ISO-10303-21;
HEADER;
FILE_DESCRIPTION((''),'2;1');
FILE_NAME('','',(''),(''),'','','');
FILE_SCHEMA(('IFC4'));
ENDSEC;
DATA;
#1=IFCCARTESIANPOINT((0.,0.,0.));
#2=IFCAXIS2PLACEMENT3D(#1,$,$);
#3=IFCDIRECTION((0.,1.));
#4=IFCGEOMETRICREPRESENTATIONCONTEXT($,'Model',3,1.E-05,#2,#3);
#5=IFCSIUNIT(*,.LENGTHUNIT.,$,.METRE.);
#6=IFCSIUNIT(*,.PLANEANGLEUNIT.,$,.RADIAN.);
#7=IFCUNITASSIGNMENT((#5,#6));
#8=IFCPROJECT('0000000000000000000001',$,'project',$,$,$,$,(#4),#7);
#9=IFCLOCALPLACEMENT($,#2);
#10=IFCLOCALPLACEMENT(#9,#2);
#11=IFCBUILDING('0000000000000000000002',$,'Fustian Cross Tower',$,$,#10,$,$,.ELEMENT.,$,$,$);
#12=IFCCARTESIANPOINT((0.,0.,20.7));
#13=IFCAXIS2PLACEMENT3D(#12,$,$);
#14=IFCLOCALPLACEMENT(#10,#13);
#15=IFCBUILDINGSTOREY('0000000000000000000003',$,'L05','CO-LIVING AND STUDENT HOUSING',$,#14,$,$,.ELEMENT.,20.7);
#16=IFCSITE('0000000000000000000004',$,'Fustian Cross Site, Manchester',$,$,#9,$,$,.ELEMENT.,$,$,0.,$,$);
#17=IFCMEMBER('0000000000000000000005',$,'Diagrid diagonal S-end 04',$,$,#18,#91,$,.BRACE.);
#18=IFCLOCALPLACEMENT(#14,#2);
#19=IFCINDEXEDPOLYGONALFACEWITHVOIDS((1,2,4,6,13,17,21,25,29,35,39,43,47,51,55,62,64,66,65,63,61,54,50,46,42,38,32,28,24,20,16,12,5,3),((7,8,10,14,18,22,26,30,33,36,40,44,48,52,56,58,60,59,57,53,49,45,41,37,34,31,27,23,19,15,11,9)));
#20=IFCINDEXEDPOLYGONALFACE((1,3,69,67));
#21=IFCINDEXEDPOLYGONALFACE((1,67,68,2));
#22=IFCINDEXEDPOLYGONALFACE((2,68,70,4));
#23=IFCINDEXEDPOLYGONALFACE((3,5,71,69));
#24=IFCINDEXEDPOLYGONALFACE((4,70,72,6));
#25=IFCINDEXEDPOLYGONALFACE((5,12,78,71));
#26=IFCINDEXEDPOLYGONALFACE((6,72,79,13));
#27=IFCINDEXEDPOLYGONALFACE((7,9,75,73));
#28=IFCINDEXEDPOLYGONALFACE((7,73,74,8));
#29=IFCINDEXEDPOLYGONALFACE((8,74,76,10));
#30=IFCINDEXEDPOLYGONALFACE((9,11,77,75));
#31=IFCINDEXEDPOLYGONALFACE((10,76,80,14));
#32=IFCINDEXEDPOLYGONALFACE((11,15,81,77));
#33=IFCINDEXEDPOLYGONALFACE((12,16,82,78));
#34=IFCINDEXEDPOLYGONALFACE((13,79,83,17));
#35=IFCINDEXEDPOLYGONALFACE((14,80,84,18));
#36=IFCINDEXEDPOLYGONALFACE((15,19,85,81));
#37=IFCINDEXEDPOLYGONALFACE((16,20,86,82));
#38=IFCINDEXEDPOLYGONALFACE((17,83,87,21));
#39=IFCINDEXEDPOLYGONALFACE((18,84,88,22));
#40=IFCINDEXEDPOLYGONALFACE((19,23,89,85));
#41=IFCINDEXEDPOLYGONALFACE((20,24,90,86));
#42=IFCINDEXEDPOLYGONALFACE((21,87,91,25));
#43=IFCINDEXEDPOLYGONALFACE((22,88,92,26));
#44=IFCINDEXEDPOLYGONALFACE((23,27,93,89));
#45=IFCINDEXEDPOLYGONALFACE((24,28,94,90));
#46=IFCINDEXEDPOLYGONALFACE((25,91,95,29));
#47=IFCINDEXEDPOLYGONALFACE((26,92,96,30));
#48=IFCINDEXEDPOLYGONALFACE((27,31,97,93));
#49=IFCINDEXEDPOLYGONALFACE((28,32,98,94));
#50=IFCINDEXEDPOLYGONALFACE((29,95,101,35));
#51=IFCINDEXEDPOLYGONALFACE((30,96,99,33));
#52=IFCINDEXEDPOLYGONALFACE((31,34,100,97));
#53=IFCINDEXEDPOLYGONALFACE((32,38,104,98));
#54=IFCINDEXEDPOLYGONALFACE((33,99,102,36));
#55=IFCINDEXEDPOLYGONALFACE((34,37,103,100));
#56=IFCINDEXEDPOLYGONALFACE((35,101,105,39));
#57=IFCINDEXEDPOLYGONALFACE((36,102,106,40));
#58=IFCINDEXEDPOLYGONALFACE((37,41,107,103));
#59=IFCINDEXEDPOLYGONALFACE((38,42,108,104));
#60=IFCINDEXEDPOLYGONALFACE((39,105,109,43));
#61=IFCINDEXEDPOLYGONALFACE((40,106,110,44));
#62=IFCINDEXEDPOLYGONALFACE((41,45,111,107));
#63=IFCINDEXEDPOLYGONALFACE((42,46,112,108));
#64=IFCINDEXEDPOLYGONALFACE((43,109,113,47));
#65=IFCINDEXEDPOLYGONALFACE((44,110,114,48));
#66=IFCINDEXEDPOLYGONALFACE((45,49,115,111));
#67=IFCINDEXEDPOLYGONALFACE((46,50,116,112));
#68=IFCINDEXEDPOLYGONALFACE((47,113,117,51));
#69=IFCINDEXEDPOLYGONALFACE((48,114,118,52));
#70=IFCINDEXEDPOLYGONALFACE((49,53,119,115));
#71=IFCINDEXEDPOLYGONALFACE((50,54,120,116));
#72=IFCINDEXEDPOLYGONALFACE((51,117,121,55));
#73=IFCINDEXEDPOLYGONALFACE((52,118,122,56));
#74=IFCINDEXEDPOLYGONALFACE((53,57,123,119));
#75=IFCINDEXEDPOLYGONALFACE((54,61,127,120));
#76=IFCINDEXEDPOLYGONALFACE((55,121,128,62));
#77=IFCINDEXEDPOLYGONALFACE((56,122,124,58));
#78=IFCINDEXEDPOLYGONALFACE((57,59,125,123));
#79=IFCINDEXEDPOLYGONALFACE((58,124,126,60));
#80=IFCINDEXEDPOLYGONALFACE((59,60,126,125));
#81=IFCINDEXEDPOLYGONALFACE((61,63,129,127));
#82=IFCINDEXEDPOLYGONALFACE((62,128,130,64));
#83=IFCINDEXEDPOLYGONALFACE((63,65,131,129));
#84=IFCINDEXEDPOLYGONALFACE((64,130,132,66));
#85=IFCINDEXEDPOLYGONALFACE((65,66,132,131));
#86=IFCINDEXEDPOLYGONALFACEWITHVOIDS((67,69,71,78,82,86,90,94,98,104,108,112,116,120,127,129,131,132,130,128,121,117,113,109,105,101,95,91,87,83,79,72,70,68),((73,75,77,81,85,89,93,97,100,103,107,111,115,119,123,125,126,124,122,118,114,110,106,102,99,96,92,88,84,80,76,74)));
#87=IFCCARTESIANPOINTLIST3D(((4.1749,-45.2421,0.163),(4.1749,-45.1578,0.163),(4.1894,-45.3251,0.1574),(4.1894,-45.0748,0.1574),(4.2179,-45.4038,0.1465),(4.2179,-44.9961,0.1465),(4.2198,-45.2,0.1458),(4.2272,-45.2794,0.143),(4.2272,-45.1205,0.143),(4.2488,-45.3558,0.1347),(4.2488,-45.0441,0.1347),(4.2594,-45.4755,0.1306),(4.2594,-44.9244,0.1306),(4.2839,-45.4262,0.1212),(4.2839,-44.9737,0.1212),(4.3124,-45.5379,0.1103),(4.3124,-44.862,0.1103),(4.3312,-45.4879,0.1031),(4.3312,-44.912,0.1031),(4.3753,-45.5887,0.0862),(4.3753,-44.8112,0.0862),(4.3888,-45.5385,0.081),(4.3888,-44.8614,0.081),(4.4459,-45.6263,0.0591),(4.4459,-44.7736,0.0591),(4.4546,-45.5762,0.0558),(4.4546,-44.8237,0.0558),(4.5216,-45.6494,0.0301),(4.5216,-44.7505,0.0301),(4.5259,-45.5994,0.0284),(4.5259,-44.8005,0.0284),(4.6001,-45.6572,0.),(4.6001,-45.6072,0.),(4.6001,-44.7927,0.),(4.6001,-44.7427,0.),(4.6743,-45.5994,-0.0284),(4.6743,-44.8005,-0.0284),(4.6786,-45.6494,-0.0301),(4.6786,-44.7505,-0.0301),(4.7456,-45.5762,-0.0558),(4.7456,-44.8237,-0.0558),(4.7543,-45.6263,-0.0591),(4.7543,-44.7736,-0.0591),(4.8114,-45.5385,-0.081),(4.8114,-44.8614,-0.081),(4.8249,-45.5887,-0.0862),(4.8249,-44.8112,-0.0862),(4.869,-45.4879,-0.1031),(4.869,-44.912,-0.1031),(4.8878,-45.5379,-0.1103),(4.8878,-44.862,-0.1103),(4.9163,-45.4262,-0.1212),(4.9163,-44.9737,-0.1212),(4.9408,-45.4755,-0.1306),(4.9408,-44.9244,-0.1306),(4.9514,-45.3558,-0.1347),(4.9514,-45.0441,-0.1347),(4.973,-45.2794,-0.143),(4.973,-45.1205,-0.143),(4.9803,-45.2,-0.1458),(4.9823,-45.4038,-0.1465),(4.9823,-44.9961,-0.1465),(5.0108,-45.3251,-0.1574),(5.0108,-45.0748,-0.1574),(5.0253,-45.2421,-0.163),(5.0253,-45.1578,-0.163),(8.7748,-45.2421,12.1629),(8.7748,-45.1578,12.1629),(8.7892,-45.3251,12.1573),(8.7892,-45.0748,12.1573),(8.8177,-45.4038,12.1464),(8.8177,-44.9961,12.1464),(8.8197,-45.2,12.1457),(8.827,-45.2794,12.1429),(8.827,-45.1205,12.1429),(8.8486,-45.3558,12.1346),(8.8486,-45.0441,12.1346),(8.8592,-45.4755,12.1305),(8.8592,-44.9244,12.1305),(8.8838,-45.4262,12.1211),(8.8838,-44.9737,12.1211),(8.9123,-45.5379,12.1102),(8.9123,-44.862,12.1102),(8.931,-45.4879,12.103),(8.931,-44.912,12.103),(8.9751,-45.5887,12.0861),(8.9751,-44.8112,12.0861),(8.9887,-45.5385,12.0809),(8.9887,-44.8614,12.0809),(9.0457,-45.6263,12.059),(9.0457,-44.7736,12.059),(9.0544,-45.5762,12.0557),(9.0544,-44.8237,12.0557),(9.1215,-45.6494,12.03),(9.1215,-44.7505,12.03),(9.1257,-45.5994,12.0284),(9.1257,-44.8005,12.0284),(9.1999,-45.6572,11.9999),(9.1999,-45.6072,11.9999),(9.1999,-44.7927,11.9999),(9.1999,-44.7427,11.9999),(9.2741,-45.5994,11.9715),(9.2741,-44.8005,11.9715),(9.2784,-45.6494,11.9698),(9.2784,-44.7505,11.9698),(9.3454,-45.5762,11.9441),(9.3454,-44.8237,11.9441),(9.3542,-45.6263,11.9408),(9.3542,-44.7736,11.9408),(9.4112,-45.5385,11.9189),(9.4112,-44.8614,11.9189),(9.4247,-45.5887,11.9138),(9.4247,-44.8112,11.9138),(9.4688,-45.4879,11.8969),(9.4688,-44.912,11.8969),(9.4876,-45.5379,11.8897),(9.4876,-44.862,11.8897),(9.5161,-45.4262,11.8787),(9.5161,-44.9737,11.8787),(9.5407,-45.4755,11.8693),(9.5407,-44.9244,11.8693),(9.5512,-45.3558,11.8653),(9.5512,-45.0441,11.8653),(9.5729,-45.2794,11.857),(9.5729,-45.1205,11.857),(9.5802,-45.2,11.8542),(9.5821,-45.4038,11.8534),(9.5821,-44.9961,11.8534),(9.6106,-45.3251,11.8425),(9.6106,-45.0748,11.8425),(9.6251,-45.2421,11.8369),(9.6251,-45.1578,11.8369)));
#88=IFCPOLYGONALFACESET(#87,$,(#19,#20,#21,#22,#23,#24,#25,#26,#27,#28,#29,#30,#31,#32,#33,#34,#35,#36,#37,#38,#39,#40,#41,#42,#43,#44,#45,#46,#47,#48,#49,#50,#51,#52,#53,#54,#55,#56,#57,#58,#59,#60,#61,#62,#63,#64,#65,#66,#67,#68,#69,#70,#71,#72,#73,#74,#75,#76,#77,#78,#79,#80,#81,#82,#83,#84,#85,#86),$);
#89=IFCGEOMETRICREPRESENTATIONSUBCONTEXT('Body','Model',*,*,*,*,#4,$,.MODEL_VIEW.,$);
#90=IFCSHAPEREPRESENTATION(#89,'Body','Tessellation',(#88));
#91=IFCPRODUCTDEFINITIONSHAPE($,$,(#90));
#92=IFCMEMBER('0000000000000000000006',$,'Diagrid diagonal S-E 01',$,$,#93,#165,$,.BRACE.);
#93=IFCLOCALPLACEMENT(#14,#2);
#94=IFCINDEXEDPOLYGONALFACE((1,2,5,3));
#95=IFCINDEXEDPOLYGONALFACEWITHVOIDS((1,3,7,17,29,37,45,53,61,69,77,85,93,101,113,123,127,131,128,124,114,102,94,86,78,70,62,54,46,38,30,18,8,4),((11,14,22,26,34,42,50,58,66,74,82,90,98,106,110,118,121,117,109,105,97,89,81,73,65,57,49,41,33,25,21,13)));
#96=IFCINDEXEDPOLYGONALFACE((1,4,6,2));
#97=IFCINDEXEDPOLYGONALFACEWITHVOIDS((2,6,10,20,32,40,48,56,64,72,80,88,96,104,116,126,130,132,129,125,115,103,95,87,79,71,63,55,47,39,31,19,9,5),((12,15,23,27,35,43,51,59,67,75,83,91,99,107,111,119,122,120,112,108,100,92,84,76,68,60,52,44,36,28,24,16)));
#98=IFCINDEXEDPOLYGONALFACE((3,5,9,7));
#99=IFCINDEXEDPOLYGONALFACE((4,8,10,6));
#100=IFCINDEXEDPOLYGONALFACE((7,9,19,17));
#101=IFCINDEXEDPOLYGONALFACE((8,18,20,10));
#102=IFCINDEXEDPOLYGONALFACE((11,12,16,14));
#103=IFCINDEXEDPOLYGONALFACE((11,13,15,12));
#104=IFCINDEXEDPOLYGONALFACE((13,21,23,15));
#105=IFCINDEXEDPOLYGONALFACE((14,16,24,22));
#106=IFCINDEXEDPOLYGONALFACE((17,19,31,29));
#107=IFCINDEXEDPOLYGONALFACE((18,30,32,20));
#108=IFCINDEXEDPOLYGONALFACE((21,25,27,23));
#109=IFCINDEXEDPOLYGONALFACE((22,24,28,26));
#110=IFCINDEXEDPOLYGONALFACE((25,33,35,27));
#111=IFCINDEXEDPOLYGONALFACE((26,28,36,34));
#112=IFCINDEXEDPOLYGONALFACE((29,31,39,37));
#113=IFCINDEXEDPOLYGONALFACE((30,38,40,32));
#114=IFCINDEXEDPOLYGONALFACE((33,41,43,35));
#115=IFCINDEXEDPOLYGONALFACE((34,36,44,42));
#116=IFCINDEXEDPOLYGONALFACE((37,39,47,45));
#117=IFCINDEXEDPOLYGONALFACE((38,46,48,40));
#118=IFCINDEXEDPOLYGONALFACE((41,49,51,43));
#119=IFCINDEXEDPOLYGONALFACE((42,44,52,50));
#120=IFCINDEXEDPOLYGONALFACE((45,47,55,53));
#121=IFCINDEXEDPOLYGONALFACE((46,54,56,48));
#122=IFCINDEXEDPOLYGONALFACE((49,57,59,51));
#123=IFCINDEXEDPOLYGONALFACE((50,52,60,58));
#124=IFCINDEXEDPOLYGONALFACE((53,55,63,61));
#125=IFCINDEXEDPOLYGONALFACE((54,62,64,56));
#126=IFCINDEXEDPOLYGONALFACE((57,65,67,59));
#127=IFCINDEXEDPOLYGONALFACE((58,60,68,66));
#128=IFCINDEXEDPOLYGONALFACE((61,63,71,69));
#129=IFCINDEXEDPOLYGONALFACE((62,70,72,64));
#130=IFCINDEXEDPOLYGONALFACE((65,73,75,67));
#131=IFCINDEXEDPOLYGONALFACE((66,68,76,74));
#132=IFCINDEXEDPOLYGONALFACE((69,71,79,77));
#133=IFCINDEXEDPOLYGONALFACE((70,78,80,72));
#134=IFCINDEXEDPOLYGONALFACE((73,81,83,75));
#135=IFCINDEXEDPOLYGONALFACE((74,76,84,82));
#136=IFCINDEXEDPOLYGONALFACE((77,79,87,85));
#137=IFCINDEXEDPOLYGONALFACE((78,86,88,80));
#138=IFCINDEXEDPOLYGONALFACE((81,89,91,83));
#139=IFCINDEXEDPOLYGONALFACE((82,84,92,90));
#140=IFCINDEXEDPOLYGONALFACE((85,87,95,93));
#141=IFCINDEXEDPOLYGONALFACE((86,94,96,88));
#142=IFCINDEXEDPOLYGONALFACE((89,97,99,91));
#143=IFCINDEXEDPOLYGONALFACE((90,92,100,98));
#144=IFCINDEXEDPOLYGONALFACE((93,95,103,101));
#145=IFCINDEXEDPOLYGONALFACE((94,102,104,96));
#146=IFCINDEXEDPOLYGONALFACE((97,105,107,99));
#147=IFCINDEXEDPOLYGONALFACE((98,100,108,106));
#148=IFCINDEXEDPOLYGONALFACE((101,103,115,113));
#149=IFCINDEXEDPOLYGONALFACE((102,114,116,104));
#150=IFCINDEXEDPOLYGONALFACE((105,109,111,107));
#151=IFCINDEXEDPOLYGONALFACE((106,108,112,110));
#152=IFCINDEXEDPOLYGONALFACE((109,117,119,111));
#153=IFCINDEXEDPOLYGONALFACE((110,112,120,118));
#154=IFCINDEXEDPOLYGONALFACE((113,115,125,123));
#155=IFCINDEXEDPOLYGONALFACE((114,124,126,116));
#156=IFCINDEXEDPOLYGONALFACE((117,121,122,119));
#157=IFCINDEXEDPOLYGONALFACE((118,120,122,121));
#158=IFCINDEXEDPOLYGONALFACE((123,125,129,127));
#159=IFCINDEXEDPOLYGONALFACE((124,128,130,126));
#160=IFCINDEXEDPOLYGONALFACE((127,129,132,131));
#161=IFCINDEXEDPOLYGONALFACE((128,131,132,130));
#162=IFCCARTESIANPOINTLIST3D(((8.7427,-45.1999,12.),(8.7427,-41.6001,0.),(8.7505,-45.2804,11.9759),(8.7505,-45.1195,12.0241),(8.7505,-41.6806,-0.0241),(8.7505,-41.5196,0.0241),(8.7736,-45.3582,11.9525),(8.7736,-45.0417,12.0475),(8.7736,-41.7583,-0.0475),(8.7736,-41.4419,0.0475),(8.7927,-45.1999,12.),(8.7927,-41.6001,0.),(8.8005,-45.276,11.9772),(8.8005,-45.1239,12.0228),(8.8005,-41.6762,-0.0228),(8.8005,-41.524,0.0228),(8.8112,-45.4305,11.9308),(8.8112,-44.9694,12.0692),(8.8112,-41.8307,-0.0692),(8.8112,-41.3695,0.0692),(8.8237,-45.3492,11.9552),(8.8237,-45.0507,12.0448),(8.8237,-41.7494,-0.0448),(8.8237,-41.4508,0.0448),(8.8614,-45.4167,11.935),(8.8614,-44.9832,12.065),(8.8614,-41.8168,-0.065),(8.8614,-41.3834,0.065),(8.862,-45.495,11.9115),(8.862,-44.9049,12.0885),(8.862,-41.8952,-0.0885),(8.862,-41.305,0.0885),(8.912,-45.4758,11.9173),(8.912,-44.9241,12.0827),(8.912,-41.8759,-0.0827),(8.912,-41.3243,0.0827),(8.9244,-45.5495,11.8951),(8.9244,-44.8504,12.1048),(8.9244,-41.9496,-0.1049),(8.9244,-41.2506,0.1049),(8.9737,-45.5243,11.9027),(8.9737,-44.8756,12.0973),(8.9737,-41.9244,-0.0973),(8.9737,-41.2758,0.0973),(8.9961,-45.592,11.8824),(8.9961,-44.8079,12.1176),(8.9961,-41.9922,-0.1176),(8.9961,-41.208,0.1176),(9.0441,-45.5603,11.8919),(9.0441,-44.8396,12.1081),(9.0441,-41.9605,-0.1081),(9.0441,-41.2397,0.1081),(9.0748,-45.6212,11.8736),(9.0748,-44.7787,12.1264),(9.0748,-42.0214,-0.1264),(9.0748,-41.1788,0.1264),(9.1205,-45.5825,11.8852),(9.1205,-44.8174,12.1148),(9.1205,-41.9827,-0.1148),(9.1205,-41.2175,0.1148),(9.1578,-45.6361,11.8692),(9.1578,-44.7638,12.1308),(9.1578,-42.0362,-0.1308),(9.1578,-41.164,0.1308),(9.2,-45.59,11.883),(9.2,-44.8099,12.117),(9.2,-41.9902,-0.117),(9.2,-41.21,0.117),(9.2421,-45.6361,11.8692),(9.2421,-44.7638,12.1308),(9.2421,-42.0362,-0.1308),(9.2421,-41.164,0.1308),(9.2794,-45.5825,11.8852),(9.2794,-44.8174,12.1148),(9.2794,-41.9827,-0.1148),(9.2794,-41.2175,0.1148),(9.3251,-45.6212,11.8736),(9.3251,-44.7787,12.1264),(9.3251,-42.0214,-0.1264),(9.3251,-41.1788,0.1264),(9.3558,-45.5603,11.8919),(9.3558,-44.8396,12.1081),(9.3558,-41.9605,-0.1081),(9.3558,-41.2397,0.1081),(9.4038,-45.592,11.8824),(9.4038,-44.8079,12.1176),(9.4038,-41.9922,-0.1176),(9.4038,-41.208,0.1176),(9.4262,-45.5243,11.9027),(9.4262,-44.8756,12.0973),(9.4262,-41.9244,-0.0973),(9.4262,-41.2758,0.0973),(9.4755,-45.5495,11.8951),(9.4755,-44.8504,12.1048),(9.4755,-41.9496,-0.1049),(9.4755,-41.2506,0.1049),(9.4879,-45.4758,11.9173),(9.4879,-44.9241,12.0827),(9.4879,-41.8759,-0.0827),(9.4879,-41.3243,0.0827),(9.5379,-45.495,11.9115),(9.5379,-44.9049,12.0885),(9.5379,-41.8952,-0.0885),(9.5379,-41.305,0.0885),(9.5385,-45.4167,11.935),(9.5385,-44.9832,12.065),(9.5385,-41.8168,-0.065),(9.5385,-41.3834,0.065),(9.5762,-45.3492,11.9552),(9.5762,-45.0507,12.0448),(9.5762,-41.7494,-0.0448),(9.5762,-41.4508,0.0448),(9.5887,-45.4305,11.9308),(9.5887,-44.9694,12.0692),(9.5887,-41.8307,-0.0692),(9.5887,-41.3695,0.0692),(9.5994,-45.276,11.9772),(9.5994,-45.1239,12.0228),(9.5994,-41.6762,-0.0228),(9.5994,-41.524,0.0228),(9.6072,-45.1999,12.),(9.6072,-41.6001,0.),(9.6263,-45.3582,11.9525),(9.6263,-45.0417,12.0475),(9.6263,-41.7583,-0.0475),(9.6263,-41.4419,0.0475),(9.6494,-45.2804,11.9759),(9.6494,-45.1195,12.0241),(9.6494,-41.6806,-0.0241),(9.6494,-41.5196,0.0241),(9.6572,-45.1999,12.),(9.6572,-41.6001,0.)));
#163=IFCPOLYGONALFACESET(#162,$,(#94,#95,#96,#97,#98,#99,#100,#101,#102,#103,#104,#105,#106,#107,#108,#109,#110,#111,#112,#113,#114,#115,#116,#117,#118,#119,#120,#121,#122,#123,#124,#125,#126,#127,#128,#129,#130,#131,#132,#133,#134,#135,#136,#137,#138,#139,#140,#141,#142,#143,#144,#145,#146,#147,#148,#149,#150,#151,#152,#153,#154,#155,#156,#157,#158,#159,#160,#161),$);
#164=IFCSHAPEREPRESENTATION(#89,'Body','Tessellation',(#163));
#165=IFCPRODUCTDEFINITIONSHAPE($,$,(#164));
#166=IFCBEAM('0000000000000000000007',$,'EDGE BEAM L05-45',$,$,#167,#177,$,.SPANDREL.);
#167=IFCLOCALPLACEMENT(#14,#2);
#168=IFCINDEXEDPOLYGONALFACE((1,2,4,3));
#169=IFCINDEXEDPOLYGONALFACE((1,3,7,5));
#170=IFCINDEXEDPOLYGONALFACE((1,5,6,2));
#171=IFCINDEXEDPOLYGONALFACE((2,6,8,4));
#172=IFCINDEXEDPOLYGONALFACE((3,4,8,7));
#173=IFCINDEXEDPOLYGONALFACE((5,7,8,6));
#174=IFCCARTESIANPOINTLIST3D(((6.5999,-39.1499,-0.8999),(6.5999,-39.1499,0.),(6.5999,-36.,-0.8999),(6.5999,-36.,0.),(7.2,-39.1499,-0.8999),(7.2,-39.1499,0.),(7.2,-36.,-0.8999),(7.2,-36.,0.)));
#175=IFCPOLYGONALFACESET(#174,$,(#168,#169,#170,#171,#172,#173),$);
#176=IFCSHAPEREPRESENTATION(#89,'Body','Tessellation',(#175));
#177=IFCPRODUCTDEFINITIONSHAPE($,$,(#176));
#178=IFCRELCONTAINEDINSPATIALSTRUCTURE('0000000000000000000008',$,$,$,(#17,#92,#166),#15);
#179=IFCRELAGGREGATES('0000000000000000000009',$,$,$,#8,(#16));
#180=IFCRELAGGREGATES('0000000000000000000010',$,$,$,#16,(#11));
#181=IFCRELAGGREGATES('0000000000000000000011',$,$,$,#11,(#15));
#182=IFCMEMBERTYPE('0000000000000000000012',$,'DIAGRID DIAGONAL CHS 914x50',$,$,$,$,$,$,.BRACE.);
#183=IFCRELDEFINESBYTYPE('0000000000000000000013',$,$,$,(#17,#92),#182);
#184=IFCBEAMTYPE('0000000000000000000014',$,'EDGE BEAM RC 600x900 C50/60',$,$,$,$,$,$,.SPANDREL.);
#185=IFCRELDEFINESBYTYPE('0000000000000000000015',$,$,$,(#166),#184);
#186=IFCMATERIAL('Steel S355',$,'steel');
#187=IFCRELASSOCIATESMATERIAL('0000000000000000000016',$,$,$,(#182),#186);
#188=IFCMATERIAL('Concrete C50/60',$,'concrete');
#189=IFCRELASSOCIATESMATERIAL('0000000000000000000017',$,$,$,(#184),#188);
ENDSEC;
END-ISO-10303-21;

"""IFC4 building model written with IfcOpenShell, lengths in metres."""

from ifc_helpers import new_model, si_unit, direction, frame, origin, origin_2d, place, context, subcontext, project, spatial, rectangle, hollow_circle, extrude, material, material_profile, profile_set, type_object, element, save


model = new_model("IFC4")

# Units and contexts
model_context = context("Model", 3, precision=1e-05, world=origin(), true_north=direction((0.0, 1.0)))
body_context = subcontext(model_context, "Body", "Model", "MODEL_VIEW")
ifc_project = project(units=[si_unit("LENGTHUNIT", "METRE"), si_unit("PLANEANGLEUNIT", "RADIAN")], contexts=[model_context])

# Site, building, storey
site_placement = place(None, origin())
site = spatial("IfcSite", under=ifc_project, at=site_placement, Name="Fustian Cross Site, Manchester", CompositionType="ELEMENT", RefElevation=0.0)
building_placement = place(site_placement, origin())
building = spatial("IfcBuilding", under=site, at=building_placement, Name="Fustian Cross Tower", CompositionType="ELEMENT")
storey_placement = place(building_placement, frame((0.0, 0.0, 20.7)))
storey = spatial("IfcBuildingStorey", under=building, at=storey_placement, Name="L05", Description="CO-LIVING AND STUDENT HOUSING", CompositionType="ELEMENT", Elevation=20.7)

# Members
ifc_material_1 = material(Name="Steel S355", Category="steel")
ifc_material_profile_1 = material_profile(ifc_material_1, hollow_circle(Radius=0.4573, WallThickness=0.05, at=origin_2d()), Name="CHS 914x50")
ifc_profile_set_1 = profile_set([ifc_material_profile_1], Name="Steel S355")
member_type_1 = type_object("IfcMemberType", Name="DIAGRID DIAGONAL CHS 914x50", PredefinedType="BRACE", material=ifc_profile_set_1)
member_1_placement = place(storey_placement, frame((4.6001, -45.2, 0.0), z_axis=(0.357926, 0.0, 0.93375), x_axis=(0.0, 1.0, 0.0)))
element("IfcMember", 1, at=member_1_placement, inside=storey, type_object=member_type_1, Name="Diagrid diagonal S-end 04", PredefinedType="BRACE", context=body_context, shape_type="SweptSolid", body=[
    extrude(hollow_circle(Radius=0.4573, WallThickness=0.05, at=origin_2d()), origin(), (0.0, 0.0, 1.0), 12.8513),
])
member_2_placement = place(storey_placement, frame((9.2, -41.6001, 0.0), z_axis=(0.0, -0.287337, 0.95783), x_axis=(1.0, 0.0, 0.0)))
element("IfcMember", 2, at=member_2_placement, inside=storey, type_object=member_type_1, Name="Diagrid diagonal S-E 01", PredefinedType="BRACE", context=body_context, shape_type="SweptSolid", body=[
    extrude(hollow_circle(Radius=0.4573, WallThickness=0.05, at=origin_2d()), origin(), (0.0, 0.0, 1.0), 12.5283),
])

# Beam
ifc_material_2 = material(Name="Concrete C50/60", Category="concrete")
ifc_material_profile_2 = material_profile(ifc_material_2, rectangle(XDim=0.6001, YDim=0.8999, at=origin_2d()), Name="RC 600x900")
ifc_profile_set_2 = profile_set([ifc_material_profile_2], Name="Concrete C50/60")
beam_type = type_object("IfcBeamType", Name="EDGE BEAM RC 600x900 C50/60", PredefinedType="SPANDREL", material=ifc_profile_set_2)
beam_placement = place(storey_placement, frame((6.8999, -39.1499, -0.45), z_axis=(0.0, 1.0, 0.0), x_axis=(-1.0, 0.0, 0.0)))
element("IfcBeam", 3, at=beam_placement, inside=storey, type_object=beam_type, Name="EDGE BEAM L05-45", PredefinedType="SPANDREL", context=body_context, shape_type="SweptSolid", body=[
    extrude(rectangle(XDim=0.6001, YDim=0.8999, at=origin_2d()), origin(), (0.0, 0.0, 1.0), 3.1499),
])

save(model, "model.ifc")
